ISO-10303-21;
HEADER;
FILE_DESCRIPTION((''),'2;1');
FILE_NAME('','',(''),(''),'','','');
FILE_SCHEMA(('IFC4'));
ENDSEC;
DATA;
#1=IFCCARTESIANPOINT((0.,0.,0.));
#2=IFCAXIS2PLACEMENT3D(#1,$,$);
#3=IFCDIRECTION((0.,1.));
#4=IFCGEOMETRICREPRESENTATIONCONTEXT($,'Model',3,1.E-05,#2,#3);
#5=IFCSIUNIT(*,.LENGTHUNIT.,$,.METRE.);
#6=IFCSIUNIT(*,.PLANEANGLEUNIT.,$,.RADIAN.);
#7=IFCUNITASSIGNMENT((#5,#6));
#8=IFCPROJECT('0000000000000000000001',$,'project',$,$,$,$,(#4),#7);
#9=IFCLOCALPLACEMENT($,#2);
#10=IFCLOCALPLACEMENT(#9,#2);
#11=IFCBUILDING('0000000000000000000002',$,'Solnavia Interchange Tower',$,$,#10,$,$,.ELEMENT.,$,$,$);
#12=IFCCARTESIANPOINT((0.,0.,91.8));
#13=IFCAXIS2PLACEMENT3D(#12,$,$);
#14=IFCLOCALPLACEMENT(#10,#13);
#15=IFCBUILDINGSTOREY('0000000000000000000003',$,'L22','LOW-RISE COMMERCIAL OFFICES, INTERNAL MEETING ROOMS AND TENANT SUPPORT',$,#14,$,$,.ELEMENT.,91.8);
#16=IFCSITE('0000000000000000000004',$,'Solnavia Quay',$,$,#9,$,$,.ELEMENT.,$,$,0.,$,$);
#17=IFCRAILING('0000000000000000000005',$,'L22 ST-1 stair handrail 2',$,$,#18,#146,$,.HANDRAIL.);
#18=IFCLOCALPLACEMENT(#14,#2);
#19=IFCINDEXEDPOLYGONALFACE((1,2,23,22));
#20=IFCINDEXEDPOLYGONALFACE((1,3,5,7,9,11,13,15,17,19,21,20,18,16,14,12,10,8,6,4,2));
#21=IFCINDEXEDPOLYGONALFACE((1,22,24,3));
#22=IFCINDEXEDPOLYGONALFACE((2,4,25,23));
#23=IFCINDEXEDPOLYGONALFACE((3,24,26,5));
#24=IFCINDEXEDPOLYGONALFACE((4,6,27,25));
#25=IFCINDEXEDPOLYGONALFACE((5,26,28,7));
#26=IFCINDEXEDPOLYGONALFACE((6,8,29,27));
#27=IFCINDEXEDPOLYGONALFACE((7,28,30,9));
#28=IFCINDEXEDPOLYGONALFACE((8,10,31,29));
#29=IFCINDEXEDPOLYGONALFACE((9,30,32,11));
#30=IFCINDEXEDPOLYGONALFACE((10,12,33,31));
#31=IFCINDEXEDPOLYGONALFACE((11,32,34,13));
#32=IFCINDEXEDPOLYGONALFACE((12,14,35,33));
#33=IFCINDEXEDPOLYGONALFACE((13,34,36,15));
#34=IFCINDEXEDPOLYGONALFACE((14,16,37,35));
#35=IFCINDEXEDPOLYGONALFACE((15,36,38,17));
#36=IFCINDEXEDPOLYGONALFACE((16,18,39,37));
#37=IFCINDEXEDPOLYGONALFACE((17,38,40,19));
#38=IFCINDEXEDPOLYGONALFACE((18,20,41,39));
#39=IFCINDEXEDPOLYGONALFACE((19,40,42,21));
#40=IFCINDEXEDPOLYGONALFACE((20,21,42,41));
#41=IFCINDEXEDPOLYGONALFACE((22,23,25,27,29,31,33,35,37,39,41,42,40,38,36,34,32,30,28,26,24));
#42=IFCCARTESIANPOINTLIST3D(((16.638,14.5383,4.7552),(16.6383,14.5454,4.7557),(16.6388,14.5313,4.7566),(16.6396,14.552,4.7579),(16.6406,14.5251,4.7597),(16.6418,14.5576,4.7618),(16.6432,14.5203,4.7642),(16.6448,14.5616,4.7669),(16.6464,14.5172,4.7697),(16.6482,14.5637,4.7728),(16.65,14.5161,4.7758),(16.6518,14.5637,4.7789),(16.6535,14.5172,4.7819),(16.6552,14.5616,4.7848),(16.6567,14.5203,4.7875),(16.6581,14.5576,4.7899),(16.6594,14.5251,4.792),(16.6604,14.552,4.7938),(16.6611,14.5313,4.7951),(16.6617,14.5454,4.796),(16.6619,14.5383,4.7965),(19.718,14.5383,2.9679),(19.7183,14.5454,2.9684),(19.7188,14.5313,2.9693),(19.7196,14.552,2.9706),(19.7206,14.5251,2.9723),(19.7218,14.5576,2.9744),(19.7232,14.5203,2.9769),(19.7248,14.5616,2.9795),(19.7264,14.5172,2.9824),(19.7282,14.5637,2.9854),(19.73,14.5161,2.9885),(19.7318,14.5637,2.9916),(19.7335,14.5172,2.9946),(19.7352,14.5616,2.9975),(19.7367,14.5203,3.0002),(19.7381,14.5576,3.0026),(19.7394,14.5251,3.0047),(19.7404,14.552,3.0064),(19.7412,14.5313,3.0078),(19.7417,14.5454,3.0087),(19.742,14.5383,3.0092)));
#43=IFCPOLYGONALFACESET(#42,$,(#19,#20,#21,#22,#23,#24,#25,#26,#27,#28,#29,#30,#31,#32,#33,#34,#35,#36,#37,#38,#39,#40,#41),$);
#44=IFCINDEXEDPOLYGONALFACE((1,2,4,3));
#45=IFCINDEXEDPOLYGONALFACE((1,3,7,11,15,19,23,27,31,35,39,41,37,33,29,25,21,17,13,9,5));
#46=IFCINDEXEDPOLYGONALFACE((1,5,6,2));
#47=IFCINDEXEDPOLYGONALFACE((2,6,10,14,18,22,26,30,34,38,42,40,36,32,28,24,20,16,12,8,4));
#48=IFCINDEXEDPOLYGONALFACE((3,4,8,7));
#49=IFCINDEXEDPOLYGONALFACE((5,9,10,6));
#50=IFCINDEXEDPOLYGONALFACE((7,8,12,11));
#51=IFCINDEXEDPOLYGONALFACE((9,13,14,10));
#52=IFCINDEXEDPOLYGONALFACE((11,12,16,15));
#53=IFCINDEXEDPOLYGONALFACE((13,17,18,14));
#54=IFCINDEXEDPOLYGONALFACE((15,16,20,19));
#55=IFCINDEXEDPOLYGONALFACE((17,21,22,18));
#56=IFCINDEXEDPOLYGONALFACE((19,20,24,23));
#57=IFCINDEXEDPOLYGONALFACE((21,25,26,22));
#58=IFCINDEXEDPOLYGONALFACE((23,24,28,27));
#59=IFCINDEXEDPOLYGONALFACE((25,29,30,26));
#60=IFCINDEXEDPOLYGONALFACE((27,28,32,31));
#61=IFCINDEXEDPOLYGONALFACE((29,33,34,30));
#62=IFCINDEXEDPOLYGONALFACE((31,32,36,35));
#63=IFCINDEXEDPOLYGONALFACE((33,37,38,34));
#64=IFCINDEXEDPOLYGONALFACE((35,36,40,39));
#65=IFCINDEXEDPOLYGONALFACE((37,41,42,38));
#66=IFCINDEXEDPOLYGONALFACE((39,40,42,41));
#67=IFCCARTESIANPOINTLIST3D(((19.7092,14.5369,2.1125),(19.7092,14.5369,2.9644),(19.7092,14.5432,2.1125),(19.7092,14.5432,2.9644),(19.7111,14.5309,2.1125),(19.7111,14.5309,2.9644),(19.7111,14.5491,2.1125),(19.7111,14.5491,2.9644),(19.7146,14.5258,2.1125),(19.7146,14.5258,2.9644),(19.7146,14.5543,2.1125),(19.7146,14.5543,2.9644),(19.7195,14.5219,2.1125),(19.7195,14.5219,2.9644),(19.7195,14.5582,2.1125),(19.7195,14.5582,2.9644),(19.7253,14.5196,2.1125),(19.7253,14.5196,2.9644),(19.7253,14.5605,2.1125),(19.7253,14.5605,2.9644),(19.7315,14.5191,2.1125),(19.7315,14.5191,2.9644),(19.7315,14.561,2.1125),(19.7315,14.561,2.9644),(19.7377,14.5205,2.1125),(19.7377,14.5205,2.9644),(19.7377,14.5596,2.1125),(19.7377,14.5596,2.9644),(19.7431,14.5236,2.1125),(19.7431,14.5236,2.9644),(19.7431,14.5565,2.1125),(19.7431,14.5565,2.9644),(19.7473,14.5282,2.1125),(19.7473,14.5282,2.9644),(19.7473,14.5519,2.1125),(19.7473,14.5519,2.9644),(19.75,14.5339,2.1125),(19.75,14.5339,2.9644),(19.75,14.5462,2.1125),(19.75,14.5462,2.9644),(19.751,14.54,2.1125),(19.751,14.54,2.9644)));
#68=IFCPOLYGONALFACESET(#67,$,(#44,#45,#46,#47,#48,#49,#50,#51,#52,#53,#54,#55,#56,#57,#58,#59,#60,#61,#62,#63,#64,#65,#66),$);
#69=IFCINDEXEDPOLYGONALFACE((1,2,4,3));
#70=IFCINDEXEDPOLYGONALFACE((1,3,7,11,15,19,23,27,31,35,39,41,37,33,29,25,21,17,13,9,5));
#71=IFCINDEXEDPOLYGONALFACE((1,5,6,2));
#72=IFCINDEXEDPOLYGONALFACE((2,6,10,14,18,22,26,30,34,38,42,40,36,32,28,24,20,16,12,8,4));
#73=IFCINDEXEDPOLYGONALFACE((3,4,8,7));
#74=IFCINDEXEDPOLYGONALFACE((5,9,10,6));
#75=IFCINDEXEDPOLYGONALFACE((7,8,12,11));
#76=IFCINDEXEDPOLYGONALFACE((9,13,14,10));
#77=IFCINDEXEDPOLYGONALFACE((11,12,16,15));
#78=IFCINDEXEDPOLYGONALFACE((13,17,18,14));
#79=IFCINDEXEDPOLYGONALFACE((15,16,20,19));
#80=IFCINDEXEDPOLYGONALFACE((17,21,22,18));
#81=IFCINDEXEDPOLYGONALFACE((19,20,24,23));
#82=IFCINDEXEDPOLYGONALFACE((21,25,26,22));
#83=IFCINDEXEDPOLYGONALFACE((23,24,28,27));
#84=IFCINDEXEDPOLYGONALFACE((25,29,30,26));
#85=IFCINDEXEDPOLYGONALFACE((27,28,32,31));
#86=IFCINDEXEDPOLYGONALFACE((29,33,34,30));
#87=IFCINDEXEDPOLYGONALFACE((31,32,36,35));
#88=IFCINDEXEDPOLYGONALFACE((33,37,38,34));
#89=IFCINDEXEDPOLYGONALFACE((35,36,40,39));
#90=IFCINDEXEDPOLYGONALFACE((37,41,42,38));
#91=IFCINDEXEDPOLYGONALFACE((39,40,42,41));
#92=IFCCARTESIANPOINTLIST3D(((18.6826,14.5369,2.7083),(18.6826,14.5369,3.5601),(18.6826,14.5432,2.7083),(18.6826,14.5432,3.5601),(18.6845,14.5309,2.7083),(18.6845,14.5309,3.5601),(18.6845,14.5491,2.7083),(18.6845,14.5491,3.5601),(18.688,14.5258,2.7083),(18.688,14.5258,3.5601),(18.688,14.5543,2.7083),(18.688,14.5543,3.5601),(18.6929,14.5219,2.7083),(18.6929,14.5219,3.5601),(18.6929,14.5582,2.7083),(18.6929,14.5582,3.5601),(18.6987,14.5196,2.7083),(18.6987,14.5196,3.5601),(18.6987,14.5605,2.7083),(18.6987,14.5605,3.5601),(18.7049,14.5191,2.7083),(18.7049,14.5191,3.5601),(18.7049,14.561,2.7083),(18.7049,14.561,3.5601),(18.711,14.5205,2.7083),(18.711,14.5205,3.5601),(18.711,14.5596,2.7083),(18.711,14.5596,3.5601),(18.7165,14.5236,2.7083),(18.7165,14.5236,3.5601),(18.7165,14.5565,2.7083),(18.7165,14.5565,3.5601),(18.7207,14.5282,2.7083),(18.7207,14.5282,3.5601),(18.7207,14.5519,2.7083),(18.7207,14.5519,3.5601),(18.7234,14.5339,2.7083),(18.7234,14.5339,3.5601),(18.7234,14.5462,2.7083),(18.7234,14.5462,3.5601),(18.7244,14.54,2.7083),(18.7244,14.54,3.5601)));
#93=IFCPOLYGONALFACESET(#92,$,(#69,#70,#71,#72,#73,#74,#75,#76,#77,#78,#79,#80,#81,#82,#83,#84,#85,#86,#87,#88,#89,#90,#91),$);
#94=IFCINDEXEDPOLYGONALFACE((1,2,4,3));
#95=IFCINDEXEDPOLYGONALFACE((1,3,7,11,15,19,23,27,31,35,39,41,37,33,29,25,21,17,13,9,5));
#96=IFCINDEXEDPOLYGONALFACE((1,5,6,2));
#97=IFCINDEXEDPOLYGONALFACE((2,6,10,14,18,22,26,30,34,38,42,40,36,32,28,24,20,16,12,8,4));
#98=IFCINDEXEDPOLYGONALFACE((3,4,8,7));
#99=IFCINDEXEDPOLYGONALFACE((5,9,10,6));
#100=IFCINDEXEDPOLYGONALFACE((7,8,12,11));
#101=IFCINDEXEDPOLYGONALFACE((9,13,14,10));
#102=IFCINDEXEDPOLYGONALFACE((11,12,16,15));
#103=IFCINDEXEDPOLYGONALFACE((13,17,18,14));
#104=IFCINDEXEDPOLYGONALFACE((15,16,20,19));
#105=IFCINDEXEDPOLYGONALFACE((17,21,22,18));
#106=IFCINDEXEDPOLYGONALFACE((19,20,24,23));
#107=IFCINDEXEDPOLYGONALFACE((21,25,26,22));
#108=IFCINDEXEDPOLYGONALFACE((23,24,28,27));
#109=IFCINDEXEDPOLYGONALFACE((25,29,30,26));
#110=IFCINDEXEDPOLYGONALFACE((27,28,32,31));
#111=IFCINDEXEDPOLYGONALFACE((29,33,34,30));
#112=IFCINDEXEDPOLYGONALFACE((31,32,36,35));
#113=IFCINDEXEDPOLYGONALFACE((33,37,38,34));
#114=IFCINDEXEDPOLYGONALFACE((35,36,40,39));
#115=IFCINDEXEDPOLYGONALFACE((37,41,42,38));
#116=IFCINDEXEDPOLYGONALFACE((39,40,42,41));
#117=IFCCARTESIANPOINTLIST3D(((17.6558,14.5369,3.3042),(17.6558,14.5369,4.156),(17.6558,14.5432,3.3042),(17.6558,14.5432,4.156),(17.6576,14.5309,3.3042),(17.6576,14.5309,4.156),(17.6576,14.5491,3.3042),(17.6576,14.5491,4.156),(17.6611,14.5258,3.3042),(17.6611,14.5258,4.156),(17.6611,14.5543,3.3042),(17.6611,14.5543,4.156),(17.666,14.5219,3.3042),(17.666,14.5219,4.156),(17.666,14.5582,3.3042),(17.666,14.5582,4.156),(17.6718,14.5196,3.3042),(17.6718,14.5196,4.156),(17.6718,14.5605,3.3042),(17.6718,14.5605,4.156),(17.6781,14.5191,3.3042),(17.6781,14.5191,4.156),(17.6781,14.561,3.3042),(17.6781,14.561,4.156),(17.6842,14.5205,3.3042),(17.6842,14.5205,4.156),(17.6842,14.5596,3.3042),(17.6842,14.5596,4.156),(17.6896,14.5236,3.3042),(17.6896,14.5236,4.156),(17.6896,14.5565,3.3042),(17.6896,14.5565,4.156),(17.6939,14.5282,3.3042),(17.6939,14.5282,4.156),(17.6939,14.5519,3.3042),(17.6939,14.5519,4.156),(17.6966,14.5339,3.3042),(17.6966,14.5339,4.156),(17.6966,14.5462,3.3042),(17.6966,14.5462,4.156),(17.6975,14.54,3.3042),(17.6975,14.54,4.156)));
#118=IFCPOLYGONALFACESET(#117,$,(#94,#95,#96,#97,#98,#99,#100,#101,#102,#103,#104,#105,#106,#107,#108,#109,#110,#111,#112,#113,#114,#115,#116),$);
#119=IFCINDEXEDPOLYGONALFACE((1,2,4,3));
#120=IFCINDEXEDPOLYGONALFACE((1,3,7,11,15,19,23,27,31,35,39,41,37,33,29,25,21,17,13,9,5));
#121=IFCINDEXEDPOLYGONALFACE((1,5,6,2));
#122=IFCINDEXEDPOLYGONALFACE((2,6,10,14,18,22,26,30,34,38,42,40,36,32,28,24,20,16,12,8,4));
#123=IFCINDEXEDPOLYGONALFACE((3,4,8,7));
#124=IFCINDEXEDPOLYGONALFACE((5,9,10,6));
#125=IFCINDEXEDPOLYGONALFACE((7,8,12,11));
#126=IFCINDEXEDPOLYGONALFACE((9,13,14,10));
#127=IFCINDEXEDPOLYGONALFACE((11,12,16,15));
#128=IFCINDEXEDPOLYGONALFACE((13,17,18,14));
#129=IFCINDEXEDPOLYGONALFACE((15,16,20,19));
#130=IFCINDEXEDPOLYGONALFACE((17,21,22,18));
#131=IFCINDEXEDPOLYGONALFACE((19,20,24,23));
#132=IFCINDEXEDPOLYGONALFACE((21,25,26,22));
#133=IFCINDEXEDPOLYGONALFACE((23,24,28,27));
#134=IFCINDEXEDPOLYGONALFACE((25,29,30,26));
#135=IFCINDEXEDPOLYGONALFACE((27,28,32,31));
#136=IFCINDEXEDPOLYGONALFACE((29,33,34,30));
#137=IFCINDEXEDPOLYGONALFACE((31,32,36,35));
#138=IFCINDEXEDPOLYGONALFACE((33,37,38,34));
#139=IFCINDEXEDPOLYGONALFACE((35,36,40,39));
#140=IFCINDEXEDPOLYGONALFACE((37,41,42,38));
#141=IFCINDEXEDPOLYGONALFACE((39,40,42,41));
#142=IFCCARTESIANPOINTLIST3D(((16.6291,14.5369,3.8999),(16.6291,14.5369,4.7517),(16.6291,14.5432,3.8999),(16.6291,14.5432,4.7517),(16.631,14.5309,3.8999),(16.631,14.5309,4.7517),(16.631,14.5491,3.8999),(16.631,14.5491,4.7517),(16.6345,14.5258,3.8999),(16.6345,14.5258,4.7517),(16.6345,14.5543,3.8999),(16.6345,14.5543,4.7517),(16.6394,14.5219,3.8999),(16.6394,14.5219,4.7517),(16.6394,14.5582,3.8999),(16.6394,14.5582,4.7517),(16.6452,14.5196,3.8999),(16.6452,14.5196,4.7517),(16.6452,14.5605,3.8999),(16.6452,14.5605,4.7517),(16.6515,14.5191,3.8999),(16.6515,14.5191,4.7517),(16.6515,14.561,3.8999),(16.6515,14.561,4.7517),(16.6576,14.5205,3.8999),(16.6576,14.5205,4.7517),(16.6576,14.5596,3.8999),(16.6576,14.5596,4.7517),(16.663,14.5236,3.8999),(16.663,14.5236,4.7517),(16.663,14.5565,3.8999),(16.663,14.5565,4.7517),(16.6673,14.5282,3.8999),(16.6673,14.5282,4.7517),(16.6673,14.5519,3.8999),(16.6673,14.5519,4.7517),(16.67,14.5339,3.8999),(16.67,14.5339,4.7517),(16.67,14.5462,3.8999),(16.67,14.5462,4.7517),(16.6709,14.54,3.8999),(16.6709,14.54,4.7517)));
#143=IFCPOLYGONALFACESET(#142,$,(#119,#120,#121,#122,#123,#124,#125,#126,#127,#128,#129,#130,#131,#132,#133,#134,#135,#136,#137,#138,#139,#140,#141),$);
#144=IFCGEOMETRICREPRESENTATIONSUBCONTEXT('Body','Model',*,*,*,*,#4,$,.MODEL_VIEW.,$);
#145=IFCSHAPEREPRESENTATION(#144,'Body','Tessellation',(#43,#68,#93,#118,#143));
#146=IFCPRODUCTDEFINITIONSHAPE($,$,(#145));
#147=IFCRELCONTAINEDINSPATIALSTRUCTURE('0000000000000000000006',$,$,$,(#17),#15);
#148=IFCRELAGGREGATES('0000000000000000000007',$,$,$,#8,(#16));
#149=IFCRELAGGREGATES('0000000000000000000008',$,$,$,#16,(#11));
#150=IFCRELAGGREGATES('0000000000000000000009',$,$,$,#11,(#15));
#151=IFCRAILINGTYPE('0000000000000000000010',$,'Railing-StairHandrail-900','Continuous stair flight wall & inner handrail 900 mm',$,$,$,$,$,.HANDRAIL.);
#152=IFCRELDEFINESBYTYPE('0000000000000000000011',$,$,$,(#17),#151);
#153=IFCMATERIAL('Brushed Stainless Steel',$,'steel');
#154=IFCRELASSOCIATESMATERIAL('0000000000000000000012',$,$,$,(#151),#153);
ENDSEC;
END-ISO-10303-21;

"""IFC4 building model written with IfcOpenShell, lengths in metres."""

from ifc_helpers import new_model, si_unit, direction, frame, origin, origin_2d, place, context, subcontext, project, spatial, circle, extrude, material, type_object, element, save


model = new_model("IFC4")

# Units and contexts
model_context = context("Model", 3, precision=1e-05, world=origin(), true_north=direction((0.0, 1.0)))
body_context = subcontext(model_context, "Body", "Model", "MODEL_VIEW")
ifc_project = project(units=[si_unit("LENGTHUNIT", "METRE"), si_unit("PLANEANGLEUNIT", "RADIAN")], contexts=[model_context])

# Site, building, storey
site_placement = place(None, origin())
site = spatial("IfcSite", under=ifc_project, at=site_placement, Name="Solnavia Quay", CompositionType="ELEMENT", RefElevation=0.0)
building_placement = place(site_placement, origin())
building = spatial("IfcBuilding", under=site, at=building_placement, Name="Solnavia Interchange Tower", CompositionType="ELEMENT")
storey_placement = place(building_placement, frame((0.0, 0.0, 91.8)))
storey = spatial("IfcBuildingStorey", under=building, at=storey_placement, Name="L22", Description="LOW-RISE COMMERCIAL OFFICES, INTERNAL MEETING ROOMS AND TENANT SUPPORT", CompositionType="ELEMENT", Elevation=91.8)

# Railing
ifc_material_1 = material(Name="Brushed Stainless Steel", Category="steel")
railing_type_1 = type_object("IfcRailingType", Name="Railing-StairHandrail-900", Description="Continuous stair flight wall & inner handrail 900 mm", PredefinedType="HANDRAIL", material=ifc_material_1)
railing_1_placement = place(storey_placement, frame((19.73, 14.54, 2.1125)))
element("IfcRailing", 1, at=railing_1_placement, inside=storey, type_object=railing_type_1, Name="L22 ST-1 stair handrail 2", PredefinedType="HANDRAIL", context=body_context, shape_type="SweptSolid", body=[
    extrude(circle(Radius=0.0239, at=origin_2d()), frame((0.0, 0.0, 0.876), z_axis=(-0.86492, 0.0, 0.501909), x_axis=(0.0, -1.0, 0.0)), (0.0, 0.0, 1.0), 3.561),
    extrude(circle(Radius=0.021, at=origin_2d()), origin(), (0.0, 0.0, 1.0), 0.8518),
    extrude(circle(Radius=0.021, at=origin_2d()), frame((-1.0266, 0.0, 0.5957)), (0.0, 0.0, 1.0), 0.8518),
    extrude(circle(Radius=0.021, at=origin_2d()), frame((-2.0535, 0.0, 1.1917)), (0.0, 0.0, 1.0), 0.8518),
    extrude(circle(Radius=0.021, at=origin_2d()), frame((-3.0801, 0.0, 1.7874)), (0.0, 0.0, 1.0), 0.8518),
])

save(model, "model.ifc")
